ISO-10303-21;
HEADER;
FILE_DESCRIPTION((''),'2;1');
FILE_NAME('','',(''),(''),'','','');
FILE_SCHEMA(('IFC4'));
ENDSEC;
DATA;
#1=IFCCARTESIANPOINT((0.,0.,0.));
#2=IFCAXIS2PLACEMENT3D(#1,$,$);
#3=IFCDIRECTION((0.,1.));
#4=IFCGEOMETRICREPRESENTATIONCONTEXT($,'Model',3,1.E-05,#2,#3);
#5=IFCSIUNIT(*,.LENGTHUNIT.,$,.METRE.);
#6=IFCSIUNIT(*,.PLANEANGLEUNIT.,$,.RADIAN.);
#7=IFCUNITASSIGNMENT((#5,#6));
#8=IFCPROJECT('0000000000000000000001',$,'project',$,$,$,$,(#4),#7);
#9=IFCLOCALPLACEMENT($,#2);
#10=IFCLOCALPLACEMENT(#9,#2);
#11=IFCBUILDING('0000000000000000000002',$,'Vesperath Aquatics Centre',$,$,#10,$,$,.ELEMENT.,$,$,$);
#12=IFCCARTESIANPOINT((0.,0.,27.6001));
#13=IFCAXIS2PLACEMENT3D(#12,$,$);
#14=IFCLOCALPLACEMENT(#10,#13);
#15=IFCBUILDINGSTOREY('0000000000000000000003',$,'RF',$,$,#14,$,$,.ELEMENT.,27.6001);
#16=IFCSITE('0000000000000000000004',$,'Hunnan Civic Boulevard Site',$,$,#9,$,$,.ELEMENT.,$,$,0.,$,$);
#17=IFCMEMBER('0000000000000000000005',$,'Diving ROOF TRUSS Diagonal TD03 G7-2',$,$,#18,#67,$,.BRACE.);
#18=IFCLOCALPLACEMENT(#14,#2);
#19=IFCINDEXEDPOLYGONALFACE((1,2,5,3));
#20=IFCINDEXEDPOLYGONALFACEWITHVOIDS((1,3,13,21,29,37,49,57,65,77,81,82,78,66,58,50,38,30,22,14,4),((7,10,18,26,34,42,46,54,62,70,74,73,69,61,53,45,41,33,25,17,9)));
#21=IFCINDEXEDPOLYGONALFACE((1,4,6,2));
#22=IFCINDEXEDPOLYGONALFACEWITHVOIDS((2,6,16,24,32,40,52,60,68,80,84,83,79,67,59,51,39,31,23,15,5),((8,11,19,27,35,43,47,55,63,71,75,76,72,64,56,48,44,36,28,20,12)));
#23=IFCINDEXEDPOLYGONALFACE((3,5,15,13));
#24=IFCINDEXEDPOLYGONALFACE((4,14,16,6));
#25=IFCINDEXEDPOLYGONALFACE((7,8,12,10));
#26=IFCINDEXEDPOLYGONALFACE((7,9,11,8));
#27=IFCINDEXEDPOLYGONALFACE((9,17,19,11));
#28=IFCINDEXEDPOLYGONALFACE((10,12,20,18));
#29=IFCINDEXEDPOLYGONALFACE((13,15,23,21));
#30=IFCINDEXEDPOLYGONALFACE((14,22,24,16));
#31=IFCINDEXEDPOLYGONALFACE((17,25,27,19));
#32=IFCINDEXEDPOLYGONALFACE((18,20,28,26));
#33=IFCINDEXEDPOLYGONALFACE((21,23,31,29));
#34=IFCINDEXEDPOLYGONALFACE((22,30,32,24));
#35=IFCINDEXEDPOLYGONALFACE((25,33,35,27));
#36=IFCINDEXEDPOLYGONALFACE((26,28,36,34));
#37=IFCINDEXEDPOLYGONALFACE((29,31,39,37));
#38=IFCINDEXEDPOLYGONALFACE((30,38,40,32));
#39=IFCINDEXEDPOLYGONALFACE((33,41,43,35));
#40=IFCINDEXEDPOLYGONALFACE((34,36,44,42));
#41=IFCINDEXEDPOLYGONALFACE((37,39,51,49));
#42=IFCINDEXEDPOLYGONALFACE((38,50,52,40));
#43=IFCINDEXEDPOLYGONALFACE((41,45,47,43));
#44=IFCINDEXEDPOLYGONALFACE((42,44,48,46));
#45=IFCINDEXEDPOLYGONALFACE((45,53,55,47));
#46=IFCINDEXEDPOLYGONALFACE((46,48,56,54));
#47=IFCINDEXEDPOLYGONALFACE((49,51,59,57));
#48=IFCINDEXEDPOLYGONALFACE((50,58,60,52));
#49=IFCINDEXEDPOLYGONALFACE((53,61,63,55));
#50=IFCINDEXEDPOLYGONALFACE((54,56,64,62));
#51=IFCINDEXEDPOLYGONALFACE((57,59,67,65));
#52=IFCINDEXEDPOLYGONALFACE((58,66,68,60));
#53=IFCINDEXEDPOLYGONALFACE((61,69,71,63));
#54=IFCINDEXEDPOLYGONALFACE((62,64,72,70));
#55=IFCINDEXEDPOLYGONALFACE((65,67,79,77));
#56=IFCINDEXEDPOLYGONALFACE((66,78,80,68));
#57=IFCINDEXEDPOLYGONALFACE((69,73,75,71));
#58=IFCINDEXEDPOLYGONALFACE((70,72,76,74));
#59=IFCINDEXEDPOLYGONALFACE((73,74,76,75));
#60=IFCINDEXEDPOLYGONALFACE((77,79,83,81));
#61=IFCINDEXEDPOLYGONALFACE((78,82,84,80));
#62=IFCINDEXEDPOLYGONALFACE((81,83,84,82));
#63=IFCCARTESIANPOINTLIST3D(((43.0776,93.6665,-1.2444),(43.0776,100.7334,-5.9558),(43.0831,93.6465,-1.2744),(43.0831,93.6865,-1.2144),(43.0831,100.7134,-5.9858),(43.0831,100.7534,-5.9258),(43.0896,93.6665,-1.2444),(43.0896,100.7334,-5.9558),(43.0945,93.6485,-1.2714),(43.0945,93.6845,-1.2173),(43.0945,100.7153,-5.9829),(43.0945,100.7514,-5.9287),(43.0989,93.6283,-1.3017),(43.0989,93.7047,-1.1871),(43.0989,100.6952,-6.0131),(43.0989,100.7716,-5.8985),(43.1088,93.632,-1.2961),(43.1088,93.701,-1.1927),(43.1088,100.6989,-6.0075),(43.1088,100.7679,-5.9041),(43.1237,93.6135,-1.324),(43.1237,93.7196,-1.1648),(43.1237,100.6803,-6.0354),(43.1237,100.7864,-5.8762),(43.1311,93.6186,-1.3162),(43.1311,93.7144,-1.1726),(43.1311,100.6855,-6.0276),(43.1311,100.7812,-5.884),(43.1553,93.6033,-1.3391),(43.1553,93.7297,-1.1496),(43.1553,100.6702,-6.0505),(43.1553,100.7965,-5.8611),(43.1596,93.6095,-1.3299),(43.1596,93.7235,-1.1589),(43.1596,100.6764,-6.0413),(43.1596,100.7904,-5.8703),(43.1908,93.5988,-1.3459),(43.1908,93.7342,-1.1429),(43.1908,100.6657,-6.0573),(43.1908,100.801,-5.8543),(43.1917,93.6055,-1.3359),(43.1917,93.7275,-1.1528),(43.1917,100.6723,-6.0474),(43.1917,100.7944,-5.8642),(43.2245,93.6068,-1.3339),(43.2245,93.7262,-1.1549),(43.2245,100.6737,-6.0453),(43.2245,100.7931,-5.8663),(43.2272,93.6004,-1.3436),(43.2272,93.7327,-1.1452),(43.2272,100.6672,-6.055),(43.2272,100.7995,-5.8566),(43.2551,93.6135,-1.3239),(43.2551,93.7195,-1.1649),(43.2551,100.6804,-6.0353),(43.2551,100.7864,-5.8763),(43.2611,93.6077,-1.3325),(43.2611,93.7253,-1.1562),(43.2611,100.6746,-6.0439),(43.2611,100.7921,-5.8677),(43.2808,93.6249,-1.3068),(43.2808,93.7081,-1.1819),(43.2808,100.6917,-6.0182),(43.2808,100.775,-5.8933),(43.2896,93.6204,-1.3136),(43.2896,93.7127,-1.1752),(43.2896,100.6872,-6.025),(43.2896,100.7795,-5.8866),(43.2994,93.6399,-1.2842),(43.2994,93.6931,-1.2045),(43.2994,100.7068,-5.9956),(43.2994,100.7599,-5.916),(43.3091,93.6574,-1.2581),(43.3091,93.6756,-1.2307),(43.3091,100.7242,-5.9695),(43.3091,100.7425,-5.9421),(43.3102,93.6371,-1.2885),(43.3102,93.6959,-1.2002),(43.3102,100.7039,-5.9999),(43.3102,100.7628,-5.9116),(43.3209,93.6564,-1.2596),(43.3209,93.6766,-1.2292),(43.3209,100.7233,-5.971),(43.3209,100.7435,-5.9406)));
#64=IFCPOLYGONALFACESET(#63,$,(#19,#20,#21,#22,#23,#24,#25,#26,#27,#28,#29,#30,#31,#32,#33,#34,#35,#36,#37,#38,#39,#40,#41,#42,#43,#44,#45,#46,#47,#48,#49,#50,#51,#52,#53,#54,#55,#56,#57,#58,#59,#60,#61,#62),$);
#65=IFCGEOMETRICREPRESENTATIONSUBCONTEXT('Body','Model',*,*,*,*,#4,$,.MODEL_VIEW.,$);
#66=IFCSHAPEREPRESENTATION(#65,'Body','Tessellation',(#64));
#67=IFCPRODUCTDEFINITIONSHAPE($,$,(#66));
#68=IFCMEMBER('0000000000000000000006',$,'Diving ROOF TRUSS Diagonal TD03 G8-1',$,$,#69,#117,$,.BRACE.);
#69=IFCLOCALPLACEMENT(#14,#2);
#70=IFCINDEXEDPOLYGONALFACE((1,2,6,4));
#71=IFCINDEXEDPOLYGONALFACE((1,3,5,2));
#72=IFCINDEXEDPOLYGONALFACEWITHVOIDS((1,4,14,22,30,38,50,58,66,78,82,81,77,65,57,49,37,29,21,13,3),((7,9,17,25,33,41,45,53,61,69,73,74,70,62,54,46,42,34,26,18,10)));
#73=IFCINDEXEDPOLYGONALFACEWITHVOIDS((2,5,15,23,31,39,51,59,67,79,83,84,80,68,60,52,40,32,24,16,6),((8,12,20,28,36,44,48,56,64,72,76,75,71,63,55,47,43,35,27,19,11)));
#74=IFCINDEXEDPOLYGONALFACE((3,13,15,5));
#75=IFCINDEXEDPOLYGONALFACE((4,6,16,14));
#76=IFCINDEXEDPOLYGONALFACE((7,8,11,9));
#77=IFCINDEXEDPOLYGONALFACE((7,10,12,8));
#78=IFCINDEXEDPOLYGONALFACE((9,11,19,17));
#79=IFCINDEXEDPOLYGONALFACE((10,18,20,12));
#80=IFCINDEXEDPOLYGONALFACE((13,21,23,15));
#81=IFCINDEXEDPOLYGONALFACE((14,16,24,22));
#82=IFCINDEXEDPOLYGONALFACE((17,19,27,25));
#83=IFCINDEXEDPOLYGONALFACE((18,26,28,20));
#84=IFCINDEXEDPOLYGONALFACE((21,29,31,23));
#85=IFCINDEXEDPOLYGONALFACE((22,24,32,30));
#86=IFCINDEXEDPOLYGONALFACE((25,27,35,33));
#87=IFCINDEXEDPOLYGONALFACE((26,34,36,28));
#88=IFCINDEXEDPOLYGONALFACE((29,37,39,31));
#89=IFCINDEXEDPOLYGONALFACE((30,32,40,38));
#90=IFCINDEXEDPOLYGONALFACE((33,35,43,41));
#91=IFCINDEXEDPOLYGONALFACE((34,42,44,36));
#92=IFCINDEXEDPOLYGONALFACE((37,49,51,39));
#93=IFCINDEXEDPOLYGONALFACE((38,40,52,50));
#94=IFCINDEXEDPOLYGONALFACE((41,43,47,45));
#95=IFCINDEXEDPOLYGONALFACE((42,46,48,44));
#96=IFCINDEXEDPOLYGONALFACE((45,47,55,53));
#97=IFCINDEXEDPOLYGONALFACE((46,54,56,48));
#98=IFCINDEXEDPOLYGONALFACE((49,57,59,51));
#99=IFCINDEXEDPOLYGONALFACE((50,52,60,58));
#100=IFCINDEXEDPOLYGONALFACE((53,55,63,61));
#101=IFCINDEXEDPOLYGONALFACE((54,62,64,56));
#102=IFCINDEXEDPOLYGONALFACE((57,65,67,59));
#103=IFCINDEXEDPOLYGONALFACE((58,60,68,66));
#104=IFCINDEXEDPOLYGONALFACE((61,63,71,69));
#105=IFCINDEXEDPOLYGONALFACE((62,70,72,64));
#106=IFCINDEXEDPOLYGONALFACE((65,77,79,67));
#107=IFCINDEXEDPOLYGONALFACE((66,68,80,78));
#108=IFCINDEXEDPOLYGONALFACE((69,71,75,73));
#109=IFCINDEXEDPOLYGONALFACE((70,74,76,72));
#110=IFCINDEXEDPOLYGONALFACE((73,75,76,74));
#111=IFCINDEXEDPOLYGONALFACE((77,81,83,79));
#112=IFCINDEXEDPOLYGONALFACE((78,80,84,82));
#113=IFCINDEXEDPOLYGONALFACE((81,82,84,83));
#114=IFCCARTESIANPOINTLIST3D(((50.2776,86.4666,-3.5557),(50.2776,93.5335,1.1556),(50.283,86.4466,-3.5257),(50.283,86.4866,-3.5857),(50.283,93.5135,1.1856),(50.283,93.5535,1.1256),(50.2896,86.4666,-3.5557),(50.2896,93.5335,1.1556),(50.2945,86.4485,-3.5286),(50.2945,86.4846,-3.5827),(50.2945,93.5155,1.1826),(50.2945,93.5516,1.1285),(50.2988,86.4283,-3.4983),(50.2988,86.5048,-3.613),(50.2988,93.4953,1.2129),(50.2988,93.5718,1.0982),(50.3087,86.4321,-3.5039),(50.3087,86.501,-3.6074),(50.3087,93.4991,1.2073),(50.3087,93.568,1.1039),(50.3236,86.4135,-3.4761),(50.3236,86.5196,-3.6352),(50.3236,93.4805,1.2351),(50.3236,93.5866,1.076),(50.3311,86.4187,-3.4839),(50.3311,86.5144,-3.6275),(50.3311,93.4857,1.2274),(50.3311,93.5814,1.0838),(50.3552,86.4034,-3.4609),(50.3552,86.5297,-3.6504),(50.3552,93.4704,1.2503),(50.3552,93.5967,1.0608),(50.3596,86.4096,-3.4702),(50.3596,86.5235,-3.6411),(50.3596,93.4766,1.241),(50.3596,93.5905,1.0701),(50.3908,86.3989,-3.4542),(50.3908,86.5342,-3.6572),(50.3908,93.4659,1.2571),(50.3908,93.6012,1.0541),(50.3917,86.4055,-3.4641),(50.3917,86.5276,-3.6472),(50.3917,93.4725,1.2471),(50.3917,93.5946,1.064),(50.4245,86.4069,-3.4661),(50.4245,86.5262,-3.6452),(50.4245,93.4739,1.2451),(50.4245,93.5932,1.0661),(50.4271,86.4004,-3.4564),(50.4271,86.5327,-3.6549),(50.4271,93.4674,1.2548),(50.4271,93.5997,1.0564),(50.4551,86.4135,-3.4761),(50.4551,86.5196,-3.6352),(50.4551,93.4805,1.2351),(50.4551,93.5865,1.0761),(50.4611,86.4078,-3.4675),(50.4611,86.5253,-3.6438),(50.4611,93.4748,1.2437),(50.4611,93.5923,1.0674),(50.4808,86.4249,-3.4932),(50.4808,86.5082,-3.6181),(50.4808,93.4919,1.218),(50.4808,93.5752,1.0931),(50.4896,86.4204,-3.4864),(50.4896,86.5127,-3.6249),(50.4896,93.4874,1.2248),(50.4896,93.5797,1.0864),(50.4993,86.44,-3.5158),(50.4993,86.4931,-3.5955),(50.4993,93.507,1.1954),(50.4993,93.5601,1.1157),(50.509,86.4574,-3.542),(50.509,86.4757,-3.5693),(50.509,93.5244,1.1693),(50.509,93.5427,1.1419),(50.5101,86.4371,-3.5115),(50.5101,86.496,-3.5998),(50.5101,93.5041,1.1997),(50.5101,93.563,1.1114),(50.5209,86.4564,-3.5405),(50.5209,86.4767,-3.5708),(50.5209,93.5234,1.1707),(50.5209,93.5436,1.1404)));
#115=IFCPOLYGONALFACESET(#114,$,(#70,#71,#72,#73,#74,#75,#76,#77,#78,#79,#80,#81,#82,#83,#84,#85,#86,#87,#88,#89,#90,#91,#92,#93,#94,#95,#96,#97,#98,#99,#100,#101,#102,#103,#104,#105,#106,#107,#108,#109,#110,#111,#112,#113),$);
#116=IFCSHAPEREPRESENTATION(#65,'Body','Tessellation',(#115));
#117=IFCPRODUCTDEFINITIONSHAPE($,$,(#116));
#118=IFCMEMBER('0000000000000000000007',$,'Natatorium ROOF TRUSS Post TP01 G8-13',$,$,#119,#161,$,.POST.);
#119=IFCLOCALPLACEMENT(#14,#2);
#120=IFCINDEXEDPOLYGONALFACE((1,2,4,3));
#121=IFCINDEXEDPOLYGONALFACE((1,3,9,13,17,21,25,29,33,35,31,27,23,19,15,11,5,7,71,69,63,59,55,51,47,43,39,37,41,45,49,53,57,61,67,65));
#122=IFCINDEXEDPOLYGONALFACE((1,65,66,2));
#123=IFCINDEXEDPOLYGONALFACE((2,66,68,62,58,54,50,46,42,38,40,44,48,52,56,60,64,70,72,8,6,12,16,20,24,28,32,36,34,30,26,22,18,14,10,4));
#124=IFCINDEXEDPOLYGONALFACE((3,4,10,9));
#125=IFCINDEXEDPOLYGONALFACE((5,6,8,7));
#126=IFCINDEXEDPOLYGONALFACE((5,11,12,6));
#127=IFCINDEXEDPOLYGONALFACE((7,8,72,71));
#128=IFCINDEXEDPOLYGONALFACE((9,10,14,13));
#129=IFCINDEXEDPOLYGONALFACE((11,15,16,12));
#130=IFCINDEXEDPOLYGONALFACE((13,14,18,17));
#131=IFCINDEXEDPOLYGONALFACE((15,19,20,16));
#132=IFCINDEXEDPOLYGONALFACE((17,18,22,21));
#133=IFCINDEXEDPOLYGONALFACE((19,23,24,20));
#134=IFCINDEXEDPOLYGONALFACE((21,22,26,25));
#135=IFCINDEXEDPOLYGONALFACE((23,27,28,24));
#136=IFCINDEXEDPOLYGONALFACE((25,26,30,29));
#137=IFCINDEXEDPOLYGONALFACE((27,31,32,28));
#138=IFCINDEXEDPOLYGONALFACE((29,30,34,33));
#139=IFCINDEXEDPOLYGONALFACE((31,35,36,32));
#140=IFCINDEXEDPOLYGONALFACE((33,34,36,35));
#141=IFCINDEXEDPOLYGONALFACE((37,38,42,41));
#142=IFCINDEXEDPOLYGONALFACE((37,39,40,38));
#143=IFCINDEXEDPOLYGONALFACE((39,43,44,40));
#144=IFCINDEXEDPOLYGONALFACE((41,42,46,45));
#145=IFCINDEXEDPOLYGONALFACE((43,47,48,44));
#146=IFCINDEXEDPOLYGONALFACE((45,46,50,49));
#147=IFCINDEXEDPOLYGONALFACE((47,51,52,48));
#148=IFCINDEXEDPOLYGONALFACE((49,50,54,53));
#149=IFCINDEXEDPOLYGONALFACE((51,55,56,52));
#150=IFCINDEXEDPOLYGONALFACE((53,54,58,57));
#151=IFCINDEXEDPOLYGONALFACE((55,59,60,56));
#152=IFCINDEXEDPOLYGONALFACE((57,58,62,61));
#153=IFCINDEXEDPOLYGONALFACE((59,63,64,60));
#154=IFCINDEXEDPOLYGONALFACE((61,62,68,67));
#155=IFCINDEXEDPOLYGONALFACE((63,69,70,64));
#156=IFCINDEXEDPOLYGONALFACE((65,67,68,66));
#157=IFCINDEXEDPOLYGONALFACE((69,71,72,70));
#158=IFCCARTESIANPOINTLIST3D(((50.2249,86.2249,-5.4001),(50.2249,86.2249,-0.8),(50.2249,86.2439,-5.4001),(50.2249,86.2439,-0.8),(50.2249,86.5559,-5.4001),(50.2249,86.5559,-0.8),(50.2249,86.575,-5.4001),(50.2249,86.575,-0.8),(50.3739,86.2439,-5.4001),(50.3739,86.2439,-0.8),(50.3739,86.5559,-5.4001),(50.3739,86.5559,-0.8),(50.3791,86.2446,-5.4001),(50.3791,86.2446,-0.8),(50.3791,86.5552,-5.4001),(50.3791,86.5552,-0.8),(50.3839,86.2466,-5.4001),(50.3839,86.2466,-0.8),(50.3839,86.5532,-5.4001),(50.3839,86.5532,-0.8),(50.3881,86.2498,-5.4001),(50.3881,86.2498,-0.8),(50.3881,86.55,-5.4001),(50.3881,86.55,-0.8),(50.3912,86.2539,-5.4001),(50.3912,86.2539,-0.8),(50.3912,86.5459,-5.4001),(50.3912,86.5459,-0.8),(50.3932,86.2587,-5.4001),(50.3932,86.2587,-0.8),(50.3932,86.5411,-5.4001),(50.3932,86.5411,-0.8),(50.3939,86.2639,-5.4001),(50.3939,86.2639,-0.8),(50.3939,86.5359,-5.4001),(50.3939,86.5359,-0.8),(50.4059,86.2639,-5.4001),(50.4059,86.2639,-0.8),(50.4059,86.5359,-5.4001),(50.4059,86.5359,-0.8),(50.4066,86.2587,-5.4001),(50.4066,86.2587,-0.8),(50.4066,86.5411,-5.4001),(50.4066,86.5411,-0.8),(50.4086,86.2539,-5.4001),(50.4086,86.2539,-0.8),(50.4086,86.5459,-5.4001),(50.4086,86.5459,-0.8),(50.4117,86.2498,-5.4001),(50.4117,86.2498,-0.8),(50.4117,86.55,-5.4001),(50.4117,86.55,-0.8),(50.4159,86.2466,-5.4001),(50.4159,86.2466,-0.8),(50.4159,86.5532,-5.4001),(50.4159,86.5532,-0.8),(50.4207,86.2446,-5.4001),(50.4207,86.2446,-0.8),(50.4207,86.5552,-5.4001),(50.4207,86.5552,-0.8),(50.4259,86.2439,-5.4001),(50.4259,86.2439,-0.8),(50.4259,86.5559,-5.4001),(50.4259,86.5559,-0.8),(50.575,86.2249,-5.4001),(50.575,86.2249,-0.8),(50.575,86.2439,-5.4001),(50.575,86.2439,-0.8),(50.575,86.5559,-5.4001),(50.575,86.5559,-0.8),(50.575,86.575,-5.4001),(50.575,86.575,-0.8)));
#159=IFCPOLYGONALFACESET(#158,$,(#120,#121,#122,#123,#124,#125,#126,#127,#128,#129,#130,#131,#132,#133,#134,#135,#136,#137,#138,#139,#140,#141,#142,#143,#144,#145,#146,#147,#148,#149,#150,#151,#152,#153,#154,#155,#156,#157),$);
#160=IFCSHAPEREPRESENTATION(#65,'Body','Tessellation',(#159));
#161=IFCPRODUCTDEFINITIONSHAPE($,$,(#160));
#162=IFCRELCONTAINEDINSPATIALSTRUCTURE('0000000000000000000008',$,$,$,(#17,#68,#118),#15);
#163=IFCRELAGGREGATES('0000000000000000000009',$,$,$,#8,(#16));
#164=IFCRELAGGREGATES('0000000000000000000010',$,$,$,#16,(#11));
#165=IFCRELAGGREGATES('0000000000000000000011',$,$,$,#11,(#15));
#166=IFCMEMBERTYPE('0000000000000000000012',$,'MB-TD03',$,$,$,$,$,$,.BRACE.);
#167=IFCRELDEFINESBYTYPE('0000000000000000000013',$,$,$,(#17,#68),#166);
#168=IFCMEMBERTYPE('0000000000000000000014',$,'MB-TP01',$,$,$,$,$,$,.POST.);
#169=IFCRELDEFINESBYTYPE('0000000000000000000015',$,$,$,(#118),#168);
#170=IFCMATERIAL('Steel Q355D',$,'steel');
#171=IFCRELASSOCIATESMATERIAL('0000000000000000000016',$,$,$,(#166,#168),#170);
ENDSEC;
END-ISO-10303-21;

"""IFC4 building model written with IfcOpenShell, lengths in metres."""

from ifc_helpers import new_model, si_unit, direction, frame, origin, origin_2d, place, context, subcontext, project, spatial, hollow_circle, i_section, extrude, material, material_profile, profile_set, type_object, element, save


model = new_model("IFC4")

# Units and contexts
model_context = context("Model", 3, precision=1e-05, world=origin(), true_north=direction((0.0, 1.0)))
body_context = subcontext(model_context, "Body", "Model", "MODEL_VIEW")
ifc_project = project(units=[si_unit("LENGTHUNIT", "METRE"), si_unit("PLANEANGLEUNIT", "RADIAN")], contexts=[model_context])

# Site, building, storey
site_placement = place(None, origin())
site = spatial("IfcSite", under=ifc_project, at=site_placement, Name="Hunnan Civic Boulevard Site", CompositionType="ELEMENT", RefElevation=0.0)
building_placement = place(site_placement, origin())
building = spatial("IfcBuilding", under=site, at=building_placement, Name="Vesperath Aquatics Centre", CompositionType="ELEMENT")
storey_placement = place(building_placement, frame((0.0, 0.0, 27.6001)))
storey = spatial("IfcBuildingStorey", under=building, at=storey_placement, Name="RF", CompositionType="ELEMENT", Elevation=27.6001)

# Members
ifc_material_1 = material(Name="Steel Q355D", Category="steel")
ifc_material_profile_1 = material_profile(ifc_material_1, hollow_circle(Radius=0.1223, WallThickness=0.012, at=origin_2d()), Name="CHS 244.5x12")
ifc_profile_set_1 = profile_set([ifc_material_profile_1], Name="Steel Q355D")
member_type_1 = type_object("IfcMemberType", Name="MB-TD03", PredefinedType="BRACE", material=ifc_profile_set_1)
for number, where, z_axis, x_axis, name in (
    (1, (43.2, 93.6665, -1.2444), (0.0, 0.832041, -0.554713), (-1.0, 0.0, 0.0), "Diving ROOF TRUSS Diagonal TD03 G7-2"),
    (2, (50.3999, 86.4666, -3.5557), (0.0, 0.832055, 0.554694), (-1.0, 0.0, 0.0), "Diving ROOF TRUSS Diagonal TD03 G8-1"),
):
    element("IfcMember", number, at=place(storey_placement, frame(where, z_axis=z_axis, x_axis=x_axis)), inside=storey, type_object=member_type_1, Name=name, PredefinedType="BRACE", context=body_context, shape_type="SweptSolid", body=[
        extrude(hollow_circle(Radius=0.1223, WallThickness=0.012, at=origin_2d()), origin(), (0.0, 0.0, 1.0), 8.4934),
    ])
ifc_material_profile_2 = material_profile(ifc_material_1, i_section(OverallWidth=0.3501, OverallDepth=0.3501, WebThickness=0.012, FlangeThickness=0.019, FilletRadius=0.02, at=origin_2d()), Name="HW 350x350x12x19")
ifc_profile_set_2 = profile_set([ifc_material_profile_2], Name="Steel Q355D")
member_type_2 = type_object("IfcMemberType", Name="MB-TP01", PredefinedType="POST", material=ifc_profile_set_2)
member_1_placement = place(storey_placement, frame((50.3999, 86.3999, -5.4001), z_axis=(0.0, 0.0, 1.0), x_axis=(1.0, 0.0, 0.0)))
element("IfcMember", 3, at=member_1_placement, inside=storey, type_object=member_type_2, Name="Natatorium ROOF TRUSS Post TP01 G8-13", PredefinedType="POST", context=body_context, shape_type="SweptSolid", body=[
    extrude(i_section(OverallWidth=0.3501, OverallDepth=0.3501, WebThickness=0.012, FlangeThickness=0.019, FilletRadius=0.02, at=origin_2d()), origin(), (0.0, 0.0, 1.0), 4.6001),
])

save(model, "model.ifc")
